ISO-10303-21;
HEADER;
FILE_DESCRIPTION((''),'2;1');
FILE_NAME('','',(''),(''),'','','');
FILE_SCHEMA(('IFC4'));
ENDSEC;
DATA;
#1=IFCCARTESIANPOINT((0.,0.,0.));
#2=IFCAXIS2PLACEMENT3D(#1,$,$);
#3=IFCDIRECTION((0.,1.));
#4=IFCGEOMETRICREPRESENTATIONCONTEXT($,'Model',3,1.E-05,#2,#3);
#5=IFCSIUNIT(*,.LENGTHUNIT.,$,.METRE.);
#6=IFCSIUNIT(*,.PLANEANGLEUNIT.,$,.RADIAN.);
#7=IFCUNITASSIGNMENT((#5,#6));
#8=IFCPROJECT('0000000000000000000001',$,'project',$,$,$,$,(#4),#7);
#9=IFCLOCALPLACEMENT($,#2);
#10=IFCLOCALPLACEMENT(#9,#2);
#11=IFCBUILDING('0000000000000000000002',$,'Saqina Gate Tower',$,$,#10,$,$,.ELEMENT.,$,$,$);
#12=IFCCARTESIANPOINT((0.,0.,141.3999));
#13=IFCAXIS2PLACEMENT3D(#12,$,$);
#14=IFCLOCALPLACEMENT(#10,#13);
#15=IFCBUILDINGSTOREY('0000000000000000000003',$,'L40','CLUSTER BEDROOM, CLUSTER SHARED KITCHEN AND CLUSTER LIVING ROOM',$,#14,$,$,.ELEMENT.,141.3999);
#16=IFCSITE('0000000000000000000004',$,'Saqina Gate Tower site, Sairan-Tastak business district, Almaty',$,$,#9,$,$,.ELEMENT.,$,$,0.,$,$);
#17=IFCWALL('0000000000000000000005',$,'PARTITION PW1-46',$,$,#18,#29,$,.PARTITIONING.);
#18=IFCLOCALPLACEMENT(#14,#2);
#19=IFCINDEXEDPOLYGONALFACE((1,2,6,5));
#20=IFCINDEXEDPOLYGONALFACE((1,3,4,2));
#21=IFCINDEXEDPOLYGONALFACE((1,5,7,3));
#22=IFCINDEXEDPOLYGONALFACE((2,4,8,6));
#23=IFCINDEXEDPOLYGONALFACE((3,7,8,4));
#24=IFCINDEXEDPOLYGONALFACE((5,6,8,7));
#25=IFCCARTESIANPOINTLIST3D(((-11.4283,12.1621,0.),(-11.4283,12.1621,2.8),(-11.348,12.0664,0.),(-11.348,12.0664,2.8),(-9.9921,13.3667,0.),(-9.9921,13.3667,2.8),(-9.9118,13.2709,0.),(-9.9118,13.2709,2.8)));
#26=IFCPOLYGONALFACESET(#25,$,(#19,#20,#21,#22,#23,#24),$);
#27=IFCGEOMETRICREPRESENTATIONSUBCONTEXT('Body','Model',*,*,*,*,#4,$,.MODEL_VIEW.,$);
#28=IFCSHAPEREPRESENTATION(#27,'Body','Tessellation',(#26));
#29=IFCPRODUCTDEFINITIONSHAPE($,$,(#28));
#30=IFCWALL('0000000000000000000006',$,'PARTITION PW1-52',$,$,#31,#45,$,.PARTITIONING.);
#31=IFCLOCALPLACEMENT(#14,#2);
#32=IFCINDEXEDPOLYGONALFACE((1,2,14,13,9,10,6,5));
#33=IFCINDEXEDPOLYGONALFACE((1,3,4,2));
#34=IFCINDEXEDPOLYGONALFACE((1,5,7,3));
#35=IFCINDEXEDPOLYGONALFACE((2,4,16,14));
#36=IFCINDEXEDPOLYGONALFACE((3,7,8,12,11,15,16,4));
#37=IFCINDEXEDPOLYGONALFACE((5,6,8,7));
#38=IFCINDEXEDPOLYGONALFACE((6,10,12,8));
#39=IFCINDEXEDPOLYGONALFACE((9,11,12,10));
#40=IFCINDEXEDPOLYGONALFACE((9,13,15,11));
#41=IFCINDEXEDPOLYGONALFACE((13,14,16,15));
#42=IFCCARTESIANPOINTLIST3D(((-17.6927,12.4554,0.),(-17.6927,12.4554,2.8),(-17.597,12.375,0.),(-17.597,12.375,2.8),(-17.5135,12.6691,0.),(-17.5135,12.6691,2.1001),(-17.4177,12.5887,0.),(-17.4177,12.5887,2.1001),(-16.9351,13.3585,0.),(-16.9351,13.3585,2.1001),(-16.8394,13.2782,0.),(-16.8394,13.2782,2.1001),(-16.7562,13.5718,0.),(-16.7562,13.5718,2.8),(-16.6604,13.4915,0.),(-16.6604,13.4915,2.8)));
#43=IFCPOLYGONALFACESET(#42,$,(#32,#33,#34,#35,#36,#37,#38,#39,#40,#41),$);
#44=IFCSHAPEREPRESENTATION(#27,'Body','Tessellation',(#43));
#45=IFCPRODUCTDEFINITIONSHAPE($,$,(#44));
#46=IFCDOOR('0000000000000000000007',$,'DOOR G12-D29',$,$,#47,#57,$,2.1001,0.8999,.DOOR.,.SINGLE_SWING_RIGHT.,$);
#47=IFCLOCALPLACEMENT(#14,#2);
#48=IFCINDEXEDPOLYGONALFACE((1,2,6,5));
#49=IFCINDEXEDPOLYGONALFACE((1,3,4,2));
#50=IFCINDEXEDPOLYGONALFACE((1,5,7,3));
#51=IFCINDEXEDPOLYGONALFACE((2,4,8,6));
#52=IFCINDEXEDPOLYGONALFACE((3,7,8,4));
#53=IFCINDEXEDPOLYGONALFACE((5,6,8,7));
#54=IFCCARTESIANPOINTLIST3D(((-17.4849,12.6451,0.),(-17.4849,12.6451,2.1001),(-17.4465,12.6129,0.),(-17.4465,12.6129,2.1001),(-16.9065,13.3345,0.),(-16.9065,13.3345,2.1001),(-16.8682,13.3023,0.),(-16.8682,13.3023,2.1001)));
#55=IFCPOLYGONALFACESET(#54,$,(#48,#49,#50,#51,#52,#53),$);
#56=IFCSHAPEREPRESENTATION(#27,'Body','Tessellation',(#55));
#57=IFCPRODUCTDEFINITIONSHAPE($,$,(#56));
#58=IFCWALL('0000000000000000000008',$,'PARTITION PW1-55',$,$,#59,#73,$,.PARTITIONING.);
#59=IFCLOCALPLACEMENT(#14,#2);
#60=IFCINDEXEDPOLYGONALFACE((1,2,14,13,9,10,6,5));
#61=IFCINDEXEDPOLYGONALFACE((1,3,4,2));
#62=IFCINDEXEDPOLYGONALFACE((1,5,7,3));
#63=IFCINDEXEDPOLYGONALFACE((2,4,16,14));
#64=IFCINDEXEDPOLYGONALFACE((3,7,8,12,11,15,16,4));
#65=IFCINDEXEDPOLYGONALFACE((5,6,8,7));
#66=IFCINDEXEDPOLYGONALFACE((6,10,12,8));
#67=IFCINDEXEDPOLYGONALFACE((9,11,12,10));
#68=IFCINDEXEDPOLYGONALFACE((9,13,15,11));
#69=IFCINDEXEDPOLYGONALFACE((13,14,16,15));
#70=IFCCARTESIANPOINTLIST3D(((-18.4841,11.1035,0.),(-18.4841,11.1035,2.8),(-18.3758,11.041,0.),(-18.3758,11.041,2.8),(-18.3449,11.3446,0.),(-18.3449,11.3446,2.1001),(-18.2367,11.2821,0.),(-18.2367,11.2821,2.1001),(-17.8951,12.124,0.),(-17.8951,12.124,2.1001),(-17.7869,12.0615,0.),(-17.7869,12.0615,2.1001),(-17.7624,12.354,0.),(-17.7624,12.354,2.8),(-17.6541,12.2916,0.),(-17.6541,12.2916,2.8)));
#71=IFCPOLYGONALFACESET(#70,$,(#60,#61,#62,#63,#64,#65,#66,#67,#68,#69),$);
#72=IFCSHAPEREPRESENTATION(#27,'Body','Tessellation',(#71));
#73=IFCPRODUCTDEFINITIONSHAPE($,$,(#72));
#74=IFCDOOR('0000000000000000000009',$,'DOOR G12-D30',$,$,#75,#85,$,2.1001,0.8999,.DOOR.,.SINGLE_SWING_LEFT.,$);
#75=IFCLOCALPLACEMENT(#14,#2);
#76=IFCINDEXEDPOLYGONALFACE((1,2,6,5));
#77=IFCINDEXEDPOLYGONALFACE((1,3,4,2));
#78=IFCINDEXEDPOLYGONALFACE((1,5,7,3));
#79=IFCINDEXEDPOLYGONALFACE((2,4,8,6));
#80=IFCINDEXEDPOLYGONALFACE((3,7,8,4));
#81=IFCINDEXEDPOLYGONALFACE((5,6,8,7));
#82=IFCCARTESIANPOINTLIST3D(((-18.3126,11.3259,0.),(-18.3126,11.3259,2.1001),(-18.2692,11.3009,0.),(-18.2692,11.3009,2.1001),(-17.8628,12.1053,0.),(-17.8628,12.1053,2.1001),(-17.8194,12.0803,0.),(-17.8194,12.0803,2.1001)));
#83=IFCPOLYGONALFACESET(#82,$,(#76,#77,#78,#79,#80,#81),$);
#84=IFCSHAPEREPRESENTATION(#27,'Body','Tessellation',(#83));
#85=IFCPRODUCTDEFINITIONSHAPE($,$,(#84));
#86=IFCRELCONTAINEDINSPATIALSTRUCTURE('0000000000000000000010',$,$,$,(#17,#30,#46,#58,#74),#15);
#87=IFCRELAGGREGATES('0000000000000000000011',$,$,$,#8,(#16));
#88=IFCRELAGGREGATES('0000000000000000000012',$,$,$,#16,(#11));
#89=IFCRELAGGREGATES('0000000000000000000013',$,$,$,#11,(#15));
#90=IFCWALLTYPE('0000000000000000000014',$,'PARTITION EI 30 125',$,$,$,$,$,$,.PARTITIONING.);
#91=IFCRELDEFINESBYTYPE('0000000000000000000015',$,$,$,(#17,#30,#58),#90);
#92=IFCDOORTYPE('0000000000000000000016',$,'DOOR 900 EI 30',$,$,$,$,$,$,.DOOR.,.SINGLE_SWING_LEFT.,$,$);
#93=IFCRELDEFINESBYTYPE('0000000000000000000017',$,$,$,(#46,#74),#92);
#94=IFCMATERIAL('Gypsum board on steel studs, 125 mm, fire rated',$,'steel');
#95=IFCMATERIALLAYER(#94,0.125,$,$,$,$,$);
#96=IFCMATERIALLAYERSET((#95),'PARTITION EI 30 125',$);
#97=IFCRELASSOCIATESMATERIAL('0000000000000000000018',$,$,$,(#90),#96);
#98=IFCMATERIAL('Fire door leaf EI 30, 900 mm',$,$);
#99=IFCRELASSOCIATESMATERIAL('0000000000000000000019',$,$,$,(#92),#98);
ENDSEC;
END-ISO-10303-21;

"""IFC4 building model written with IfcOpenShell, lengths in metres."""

from ifc_helpers import new_model, si_unit, direction, frame, frame_2d, origin, place, context, subcontext, project, spatial, rectangle, extrude, material, layer, layer_set, type_object, element, fill, save


model = new_model("IFC4")

# Units and contexts
model_context = context("Model", 3, precision=1e-05, world=origin(), true_north=direction((0.0, 1.0)))
body_context = subcontext(model_context, "Body", "Model", "MODEL_VIEW")
ifc_project = project(units=[si_unit("LENGTHUNIT", "METRE"), si_unit("PLANEANGLEUNIT", "RADIAN")], contexts=[model_context])

# Site, building, storey
site_placement = place(None, origin())
site = spatial("IfcSite", under=ifc_project, at=site_placement, Name="Saqina Gate Tower site, Sairan-Tastak business district, Almaty", CompositionType="ELEMENT", RefElevation=0.0)
building_placement = place(site_placement, origin())
building = spatial("IfcBuilding", under=site, at=building_placement, Name="Saqina Gate Tower", CompositionType="ELEMENT")
storey_placement = place(building_placement, frame((0.0, 0.0, 141.3999)))
storey = spatial("IfcBuildingStorey", under=building, at=storey_placement, Name="L40", Description="CLUSTER BEDROOM, CLUSTER SHARED KITCHEN AND CLUSTER LIVING ROOM", CompositionType="ELEMENT", Elevation=141.3999)

# Wall
ifc_material_1 = material(Name="Gypsum board on steel studs, 125 mm, fire rated", Category="steel")
ifc_layer_1 = layer(ifc_material_1, 0.125)
ifc_layer_set_1 = layer_set([ifc_layer_1], Name="PARTITION EI 30 125")
wall_type_1 = type_object("IfcWallType", Name="PARTITION EI 30 125", PredefinedType="PARTITIONING", material=ifc_layer_set_1)
wall_1_placement = place(storey_placement, frame((-11.3882, 12.1143, 0.0), z_axis=(0.0, 0.0, 1.0), x_axis=(0.7662, 0.642602, 0.0)))
element("IfcWall", 1, at=wall_1_placement, inside=storey, type_object=wall_type_1, Name="PARTITION PW1-46", PredefinedType="PARTITIONING", context=body_context, shape_type="SweptSolid", body=[
    extrude(rectangle(XDim=1.8745, YDim=0.125, at=frame_2d((0.9373, 0.0))), origin(), (0.0, 0.0, 1.0), 2.8),
])

# Walls, openings, doors
wall_2_placement = place(storey_placement, frame((-17.6448, 12.4153, 0.0), z_axis=(0.0, 0.0, 1.0), x_axis=(0.642669, 0.766144, 0.0)))
wall_2 = element("IfcWall", 2, at=wall_2_placement, inside=storey, type_object=wall_type_1, Name="PARTITION PW1-52", PredefinedType="PARTITIONING", context=body_context, shape_type="SweptSolid", body=[
    extrude(rectangle(XDim=1.4573, YDim=0.125, at=frame_2d((0.7285, 0.0))), origin(), (0.0, 0.0, 1.0), 2.8),
])
opening_1_placement = place(wall_2_placement, frame((0.2788, 0.0, 0.0)))
opening_1 = element("IfcOpeningElement", 3, at=opening_1_placement, cuts=wall_2, PredefinedType="OPENING", context=body_context, shape_type="SweptSolid", body=[
    extrude(rectangle(XDim=0.8999, YDim=2.1001, at=frame_2d((0.45, 1.05))), frame((0.0, 0.0745, 0.0), z_axis=(0.0, -1.0, 0.0), x_axis=(1.0, 0.0, 0.0)), (0.0, 0.0, 1.0), 0.1489),
])
ifc_material_2 = material(Name="Fire door leaf EI 30, 900 mm")
door_type_1 = type_object("IfcDoorType", Name="DOOR 900 EI 30", OperationType="SINGLE_SWING_LEFT", PredefinedType="DOOR", material=ifc_material_2)
door_1_placement = place(opening_1_placement, frame((0.8999, 0.0, 0.0), z_axis=(0.0, 0.0, 1.0), x_axis=(-1.0, 0.0, 0.0)))
door_1 = element("IfcDoor", 4, at=door_1_placement, inside=storey, type_object=door_type_1, Name="DOOR G12-D29", OperationType="SINGLE_SWING_RIGHT", OverallHeight=2.1001, OverallWidth=0.8999, PredefinedType="DOOR", context=body_context, shape_type="SweptSolid", body=[
    extrude(rectangle(XDim=0.8999, YDim=2.1001, at=frame_2d((0.45, 1.05))), frame((0.0, 0.0249, 0.0), z_axis=(0.0, -1.0, 0.0), x_axis=(1.0, 0.0, 0.0)), (0.0, 0.0, 1.0), 0.05),
])
fill(opening_1, door_1)
wall_3_placement = place(storey_placement, frame((-18.4299, 11.0723, 0.0), z_axis=(0.0, 0.0, 1.0), x_axis=(0.499849, 0.866112, 0.0)))
wall_3 = element("IfcWall", 5, at=wall_3_placement, inside=storey, type_object=wall_type_1, Name="PARTITION PW1-55", PredefinedType="PARTITIONING", context=body_context, shape_type="SweptSolid", body=[
    extrude(rectangle(XDim=1.4438, YDim=0.125, at=frame_2d((0.7219, 0.0))), origin(), (0.0, 0.0, 1.0), 2.8),
])
opening_2_placement = place(wall_3_placement, frame((0.2783, 0.0, 0.0)))
opening_2 = element("IfcOpeningElement", 6, at=opening_2_placement, cuts=wall_3, PredefinedType="OPENING", context=body_context, shape_type="SweptSolid", body=[
    extrude(rectangle(XDim=0.8999, YDim=2.1001, at=frame_2d((0.45, 1.05))), frame((0.0, 0.0745, 0.0), z_axis=(0.0, -1.0, 0.0), x_axis=(1.0, 0.0, 0.0)), (0.0, 0.0, 1.0), 0.1489),
])
door_2_placement = place(opening_2_placement, frame((0.8999, 0.0, 0.0), z_axis=(0.0, 0.0, 1.0), x_axis=(-1.0, 0.0, 0.0)))
door_2 = element("IfcDoor", 7, at=door_2_placement, inside=storey, type_object=door_type_1, Name="DOOR G12-D30", OperationType="SINGLE_SWING_LEFT", OverallHeight=2.1001, OverallWidth=0.8999, PredefinedType="DOOR", context=body_context, shape_type="SweptSolid", body=[
    extrude(rectangle(XDim=0.8999, YDim=2.1001, at=frame_2d((0.45, 1.05))), frame((0.0, 0.0249, 0.0), z_axis=(0.0, -1.0, 0.0), x_axis=(1.0, 0.0, 0.0)), (0.0, 0.0, 1.0), 0.05),
])
fill(opening_2, door_2)

save(model, "model.ifc")
